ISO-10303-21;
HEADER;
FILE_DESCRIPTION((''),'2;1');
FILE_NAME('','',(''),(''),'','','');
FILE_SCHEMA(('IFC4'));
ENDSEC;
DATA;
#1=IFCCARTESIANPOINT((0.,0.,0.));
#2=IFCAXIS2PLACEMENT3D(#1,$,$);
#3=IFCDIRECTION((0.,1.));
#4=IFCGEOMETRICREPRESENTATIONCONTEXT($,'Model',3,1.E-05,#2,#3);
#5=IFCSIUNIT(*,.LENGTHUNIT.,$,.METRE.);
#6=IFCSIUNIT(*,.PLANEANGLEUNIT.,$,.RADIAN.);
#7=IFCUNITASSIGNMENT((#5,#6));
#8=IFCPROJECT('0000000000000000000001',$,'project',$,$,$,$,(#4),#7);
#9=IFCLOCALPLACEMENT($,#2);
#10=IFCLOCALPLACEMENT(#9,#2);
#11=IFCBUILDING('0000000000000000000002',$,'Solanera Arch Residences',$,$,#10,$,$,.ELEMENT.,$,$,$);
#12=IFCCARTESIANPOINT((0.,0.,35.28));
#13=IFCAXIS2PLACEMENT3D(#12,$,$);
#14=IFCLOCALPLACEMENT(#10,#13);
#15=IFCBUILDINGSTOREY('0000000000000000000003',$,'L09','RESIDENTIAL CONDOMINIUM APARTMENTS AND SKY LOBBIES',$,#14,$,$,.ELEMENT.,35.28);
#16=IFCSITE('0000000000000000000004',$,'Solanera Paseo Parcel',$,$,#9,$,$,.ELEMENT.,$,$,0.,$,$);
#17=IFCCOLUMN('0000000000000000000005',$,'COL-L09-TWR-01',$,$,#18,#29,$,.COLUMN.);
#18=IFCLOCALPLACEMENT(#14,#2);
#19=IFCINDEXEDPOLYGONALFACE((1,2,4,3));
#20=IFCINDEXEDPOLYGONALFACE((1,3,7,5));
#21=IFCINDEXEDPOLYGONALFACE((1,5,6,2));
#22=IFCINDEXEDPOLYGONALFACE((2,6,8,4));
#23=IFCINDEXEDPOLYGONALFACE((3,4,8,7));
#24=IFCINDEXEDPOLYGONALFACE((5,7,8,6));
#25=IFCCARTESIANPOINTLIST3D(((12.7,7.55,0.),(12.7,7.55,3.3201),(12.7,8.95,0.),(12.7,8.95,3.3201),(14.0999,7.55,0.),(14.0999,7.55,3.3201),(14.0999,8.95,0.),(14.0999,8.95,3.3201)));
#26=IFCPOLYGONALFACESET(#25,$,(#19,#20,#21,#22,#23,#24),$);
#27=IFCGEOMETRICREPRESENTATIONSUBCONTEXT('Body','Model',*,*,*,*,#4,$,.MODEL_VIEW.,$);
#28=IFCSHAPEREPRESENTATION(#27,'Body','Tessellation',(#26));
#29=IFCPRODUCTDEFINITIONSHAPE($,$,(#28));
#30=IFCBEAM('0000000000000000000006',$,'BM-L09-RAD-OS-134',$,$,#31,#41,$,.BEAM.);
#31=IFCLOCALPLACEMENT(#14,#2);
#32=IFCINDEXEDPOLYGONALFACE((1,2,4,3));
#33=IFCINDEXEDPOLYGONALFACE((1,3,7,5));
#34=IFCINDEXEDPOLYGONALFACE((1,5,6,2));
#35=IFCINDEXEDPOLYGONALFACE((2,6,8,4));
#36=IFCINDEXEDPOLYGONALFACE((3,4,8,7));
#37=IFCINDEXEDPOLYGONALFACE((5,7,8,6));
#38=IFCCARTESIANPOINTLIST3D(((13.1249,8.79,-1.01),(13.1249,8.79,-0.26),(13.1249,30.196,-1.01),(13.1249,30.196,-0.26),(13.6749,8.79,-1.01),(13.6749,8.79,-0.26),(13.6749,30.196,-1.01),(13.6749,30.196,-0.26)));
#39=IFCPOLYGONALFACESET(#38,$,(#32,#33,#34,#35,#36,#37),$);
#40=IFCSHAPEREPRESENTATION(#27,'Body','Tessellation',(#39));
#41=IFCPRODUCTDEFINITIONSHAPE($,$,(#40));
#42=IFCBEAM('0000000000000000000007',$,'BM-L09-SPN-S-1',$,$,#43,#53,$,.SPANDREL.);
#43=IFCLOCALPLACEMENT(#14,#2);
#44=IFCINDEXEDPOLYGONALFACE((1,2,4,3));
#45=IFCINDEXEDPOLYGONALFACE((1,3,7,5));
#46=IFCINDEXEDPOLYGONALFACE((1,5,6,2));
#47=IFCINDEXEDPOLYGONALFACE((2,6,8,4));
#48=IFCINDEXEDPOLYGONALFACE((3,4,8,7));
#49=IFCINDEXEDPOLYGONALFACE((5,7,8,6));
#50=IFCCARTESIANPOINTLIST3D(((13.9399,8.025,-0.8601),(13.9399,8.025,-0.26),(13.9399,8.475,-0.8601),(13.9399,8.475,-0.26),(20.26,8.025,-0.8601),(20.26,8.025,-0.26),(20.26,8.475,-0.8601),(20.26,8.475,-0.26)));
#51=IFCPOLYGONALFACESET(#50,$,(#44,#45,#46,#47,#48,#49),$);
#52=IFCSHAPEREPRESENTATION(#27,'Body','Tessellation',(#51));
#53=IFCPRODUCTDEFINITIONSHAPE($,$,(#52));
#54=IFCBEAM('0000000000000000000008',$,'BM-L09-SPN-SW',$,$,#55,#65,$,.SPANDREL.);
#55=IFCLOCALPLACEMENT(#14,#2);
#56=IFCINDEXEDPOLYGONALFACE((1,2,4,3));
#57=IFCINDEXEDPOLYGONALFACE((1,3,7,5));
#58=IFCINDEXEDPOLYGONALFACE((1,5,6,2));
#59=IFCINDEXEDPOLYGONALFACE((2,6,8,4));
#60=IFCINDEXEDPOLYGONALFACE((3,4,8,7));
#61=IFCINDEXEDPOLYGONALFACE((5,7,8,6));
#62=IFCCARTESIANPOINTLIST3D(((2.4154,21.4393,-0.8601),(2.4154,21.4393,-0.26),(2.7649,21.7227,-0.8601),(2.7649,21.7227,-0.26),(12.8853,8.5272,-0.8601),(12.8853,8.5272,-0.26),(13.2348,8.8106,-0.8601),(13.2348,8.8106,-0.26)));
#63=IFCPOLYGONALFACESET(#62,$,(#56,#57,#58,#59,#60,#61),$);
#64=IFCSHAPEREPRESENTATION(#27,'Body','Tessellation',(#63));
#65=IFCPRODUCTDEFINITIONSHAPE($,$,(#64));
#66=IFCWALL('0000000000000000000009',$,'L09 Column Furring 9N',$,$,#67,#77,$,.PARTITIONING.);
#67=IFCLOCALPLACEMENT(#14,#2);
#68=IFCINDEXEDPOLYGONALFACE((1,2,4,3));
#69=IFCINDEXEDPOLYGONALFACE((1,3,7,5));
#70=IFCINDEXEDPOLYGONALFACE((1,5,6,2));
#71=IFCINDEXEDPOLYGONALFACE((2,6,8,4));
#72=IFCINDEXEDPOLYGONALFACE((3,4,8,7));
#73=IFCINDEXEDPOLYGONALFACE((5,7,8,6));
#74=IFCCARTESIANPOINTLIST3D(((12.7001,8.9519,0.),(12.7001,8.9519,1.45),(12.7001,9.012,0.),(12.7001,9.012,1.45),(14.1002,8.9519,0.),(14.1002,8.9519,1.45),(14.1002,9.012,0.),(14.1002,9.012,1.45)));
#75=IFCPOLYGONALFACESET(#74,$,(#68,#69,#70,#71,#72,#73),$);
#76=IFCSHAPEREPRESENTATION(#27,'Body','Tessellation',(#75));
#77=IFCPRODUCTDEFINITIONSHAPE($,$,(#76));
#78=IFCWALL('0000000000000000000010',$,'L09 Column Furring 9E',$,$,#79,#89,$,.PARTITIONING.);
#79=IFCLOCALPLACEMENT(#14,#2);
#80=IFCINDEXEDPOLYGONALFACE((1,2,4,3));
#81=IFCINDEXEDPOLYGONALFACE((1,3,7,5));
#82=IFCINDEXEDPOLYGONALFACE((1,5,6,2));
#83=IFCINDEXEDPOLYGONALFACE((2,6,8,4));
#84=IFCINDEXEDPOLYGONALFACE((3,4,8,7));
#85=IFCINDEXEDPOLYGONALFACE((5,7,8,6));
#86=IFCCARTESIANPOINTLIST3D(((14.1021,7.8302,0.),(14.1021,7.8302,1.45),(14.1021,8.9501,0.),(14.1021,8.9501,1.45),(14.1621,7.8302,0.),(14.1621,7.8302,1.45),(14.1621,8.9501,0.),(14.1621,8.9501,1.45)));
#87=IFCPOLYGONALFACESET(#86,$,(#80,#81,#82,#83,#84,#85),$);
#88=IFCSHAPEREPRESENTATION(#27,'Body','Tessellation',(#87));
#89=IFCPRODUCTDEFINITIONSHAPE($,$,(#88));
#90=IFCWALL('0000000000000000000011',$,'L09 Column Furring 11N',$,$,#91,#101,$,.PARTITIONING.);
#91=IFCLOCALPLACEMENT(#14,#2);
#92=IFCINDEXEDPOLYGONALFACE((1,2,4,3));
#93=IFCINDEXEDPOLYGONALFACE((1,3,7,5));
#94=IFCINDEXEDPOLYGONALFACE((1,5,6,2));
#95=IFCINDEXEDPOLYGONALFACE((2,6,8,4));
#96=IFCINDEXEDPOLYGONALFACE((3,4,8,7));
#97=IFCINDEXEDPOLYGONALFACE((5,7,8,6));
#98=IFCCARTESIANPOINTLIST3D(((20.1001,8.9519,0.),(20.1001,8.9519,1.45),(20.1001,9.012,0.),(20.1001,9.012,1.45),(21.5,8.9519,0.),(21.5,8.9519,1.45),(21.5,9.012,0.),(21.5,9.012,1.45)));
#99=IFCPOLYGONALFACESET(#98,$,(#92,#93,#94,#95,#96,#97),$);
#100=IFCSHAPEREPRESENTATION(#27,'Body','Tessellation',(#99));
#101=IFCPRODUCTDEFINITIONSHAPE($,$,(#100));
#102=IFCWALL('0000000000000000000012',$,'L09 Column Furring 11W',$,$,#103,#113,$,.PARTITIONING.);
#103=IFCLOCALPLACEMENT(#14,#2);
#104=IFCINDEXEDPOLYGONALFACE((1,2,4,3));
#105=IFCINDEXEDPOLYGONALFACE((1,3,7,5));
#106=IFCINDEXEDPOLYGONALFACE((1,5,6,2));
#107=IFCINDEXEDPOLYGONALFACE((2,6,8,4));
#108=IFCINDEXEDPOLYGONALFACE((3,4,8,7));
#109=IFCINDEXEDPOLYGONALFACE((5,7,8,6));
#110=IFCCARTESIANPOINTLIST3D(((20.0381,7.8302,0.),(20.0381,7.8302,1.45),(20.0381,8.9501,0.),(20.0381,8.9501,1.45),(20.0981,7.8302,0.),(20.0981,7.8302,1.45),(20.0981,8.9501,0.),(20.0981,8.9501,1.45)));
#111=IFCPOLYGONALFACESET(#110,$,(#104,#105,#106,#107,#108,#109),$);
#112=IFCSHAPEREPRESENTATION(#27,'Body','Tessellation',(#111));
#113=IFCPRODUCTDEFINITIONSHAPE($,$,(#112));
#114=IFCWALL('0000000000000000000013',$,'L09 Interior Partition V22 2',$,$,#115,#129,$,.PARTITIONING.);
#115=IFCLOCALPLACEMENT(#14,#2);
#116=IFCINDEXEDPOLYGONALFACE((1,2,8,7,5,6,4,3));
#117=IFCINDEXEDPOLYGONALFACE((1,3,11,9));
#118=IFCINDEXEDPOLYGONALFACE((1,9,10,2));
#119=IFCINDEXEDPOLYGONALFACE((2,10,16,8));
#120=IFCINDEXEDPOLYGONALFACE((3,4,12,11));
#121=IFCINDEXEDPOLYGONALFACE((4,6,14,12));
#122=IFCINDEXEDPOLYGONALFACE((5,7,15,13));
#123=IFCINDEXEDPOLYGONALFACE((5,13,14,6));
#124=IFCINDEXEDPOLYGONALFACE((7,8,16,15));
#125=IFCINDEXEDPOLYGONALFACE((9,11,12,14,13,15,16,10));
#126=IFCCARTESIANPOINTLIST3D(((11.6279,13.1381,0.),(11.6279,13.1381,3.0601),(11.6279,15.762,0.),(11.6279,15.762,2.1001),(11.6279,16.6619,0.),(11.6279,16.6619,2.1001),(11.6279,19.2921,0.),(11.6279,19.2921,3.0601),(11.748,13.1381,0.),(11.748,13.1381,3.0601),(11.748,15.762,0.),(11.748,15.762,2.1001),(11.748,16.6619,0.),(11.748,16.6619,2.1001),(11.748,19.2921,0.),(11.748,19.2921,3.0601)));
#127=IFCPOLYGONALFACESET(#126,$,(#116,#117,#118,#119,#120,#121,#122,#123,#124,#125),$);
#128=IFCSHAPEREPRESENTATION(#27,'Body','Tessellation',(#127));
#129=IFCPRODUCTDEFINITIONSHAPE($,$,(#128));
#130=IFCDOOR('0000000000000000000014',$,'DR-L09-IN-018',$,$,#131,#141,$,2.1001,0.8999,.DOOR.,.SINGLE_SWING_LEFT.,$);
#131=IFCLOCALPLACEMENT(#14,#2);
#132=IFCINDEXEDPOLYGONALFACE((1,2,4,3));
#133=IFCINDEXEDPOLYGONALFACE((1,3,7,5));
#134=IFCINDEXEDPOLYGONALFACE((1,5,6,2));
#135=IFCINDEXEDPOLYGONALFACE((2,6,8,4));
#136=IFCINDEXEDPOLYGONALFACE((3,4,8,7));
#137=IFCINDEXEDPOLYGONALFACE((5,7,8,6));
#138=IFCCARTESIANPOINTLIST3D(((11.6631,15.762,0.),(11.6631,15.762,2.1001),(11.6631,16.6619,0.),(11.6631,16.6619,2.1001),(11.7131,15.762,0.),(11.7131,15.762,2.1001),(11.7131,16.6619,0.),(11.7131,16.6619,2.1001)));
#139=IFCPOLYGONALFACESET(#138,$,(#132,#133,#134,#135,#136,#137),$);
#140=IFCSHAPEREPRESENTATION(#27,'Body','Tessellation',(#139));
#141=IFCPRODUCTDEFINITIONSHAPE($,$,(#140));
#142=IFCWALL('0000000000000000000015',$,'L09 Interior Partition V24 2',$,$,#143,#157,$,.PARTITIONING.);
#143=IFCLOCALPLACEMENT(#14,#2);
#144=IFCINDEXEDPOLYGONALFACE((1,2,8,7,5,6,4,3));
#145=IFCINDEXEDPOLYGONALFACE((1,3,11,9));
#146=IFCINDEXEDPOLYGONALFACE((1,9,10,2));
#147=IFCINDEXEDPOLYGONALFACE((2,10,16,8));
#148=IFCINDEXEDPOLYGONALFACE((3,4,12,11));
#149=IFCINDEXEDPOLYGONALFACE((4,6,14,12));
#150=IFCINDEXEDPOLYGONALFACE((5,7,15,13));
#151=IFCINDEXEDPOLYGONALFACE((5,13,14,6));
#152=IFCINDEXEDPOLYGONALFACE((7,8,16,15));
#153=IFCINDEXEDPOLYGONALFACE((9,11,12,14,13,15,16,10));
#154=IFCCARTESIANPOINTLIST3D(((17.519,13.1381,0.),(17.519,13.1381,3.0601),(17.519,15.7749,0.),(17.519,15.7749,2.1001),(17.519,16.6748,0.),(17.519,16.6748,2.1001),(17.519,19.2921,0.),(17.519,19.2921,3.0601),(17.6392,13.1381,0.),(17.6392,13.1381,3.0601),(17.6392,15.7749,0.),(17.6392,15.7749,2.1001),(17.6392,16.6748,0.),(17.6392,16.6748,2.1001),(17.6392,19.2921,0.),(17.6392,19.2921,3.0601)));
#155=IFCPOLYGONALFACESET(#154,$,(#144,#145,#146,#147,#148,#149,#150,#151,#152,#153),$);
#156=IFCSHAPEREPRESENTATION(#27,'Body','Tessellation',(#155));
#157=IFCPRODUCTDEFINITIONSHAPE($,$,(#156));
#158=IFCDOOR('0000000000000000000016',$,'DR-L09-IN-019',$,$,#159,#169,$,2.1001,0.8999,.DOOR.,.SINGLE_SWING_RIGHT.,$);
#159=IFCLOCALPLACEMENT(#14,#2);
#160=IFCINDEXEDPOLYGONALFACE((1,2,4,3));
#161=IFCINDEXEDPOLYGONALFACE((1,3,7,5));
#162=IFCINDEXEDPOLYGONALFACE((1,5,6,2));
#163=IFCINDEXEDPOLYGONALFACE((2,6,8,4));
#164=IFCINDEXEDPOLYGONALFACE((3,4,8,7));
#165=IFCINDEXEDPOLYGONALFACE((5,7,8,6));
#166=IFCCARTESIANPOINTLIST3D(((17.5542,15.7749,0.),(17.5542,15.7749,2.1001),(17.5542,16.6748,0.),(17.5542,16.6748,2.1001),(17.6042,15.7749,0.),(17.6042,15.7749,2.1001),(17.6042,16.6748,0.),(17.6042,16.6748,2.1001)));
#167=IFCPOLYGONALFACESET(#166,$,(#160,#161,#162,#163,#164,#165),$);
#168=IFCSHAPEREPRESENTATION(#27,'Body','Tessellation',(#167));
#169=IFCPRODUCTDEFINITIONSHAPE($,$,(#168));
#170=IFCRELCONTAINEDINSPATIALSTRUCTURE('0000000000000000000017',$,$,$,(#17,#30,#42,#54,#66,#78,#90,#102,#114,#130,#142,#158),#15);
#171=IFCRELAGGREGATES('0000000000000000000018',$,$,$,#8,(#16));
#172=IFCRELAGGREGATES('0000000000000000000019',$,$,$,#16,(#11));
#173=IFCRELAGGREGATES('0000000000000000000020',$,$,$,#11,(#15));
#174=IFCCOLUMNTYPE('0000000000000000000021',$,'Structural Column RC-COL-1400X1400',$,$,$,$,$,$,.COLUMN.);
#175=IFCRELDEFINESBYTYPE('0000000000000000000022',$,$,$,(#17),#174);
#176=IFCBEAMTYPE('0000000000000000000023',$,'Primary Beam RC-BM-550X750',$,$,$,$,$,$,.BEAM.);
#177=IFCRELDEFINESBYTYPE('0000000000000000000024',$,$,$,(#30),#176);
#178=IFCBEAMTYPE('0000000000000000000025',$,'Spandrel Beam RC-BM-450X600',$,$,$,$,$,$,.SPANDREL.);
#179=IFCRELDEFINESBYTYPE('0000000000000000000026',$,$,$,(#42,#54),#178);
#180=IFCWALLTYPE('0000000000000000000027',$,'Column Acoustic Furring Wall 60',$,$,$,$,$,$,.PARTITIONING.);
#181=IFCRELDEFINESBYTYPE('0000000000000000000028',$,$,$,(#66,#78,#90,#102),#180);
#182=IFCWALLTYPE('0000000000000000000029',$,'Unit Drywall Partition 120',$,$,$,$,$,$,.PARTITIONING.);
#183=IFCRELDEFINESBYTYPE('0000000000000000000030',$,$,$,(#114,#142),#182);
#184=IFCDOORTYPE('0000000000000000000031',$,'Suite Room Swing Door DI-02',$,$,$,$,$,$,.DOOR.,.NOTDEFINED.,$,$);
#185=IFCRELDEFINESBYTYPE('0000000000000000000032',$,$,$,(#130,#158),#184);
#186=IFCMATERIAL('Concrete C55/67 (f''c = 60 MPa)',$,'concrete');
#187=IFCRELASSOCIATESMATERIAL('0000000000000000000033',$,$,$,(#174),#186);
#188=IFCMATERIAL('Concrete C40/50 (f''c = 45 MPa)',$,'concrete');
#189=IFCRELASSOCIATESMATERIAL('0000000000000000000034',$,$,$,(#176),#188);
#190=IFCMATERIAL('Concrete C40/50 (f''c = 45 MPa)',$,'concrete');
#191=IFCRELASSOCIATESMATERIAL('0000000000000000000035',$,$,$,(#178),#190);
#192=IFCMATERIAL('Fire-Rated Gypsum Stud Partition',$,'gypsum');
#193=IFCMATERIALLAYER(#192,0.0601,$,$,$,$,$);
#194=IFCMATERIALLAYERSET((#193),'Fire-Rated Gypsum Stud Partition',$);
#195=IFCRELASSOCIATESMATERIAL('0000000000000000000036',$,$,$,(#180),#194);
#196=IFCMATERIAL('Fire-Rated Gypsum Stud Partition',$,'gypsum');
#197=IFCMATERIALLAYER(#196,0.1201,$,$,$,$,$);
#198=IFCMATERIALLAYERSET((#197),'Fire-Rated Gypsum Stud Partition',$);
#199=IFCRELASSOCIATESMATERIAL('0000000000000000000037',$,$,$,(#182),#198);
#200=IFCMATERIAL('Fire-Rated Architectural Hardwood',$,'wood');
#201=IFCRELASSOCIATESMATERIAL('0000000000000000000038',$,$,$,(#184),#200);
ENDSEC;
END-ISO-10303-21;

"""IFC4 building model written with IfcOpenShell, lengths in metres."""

from ifc_helpers import new_model, si_unit, direction, frame, frame_2d, origin, origin_2d, place, context, subcontext, project, spatial, rectangle, extrude, material, layer, layer_set, material_profile, profile_set, type_object, element, fill, save


model = new_model("IFC4")

# Units and contexts
model_context = context("Model", 3, precision=1e-05, world=origin(), true_north=direction((0.0, 1.0)))
body_context = subcontext(model_context, "Body", "Model", "MODEL_VIEW")
ifc_project = project(units=[si_unit("LENGTHUNIT", "METRE"), si_unit("PLANEANGLEUNIT", "RADIAN")], contexts=[model_context])

# Site, building, storey
site_placement = place(None, origin())
site = spatial("IfcSite", under=ifc_project, at=site_placement, Name="Solanera Paseo Parcel", CompositionType="ELEMENT", RefElevation=0.0)
building_placement = place(site_placement, origin())
building = spatial("IfcBuilding", under=site, at=building_placement, Name="Solanera Arch Residences", CompositionType="ELEMENT")
storey_placement = place(building_placement, frame((0.0, 0.0, 35.28)))
storey = spatial("IfcBuildingStorey", under=building, at=storey_placement, Name="L09", Description="RESIDENTIAL CONDOMINIUM APARTMENTS AND SKY LOBBIES", CompositionType="ELEMENT", Elevation=35.28)

# Column
ifc_material_1 = material(Name="Concrete C55/67 (f'c = 60 MPa)", Category="concrete")
ifc_material_profile_1 = material_profile(ifc_material_1, rectangle(XDim=1.3999, YDim=1.3999, at=origin_2d()))
ifc_profile_set_1 = profile_set([ifc_material_profile_1], Name="Concrete C55/67 (f'c = 60 MPa)")
column_type = type_object("IfcColumnType", Name="Structural Column RC-COL-1400X1400", PredefinedType="COLUMN", material=ifc_profile_set_1)
column_placement = place(storey_placement, frame((13.3999, 8.25, 0.0), z_axis=(0.0, 0.0, 1.0), x_axis=(1.0, 0.0, 0.0)))
element("IfcColumn", 1, at=column_placement, inside=storey, type_object=column_type, Name="COL-L09-TWR-01", PredefinedType="COLUMN", context=body_context, shape_type="SweptSolid", body=[
    extrude(rectangle(XDim=1.3999, YDim=1.3999, at=origin_2d()), origin(), (0.0, 0.0, 1.0), 3.3201),
])

# Beams
ifc_material_2 = material(Name="Concrete C40/50 (f'c = 45 MPa)", Category="concrete")
ifc_material_profile_2 = material_profile(ifc_material_2, rectangle(XDim=0.55, YDim=0.75, at=origin_2d()))
ifc_profile_set_2 = profile_set([ifc_material_profile_2], Name="Concrete C40/50 (f'c = 45 MPa)")
beam_type_1 = type_object("IfcBeamType", Name="Primary Beam RC-BM-550X750", PredefinedType="BEAM", material=ifc_profile_set_2)
beam_1_placement = place(storey_placement, frame((13.3999, 8.79, -0.635), z_axis=(0.0, 1.0, 0.0), x_axis=(-1.0, 0.0, 0.0)))
element("IfcBeam", 2, at=beam_1_placement, inside=storey, type_object=beam_type_1, Name="BM-L09-RAD-OS-134", PredefinedType="BEAM", context=body_context, shape_type="SweptSolid", body=[
    extrude(rectangle(XDim=0.55, YDim=0.75, at=origin_2d()), origin(), (0.0, 0.0, 1.0), 21.406),
])
ifc_material_3 = material(Name="Concrete C40/50 (f'c = 45 MPa)", Category="concrete")
ifc_material_profile_3 = material_profile(ifc_material_3, rectangle(XDim=0.45, YDim=0.6001, at=origin_2d()))
ifc_profile_set_3 = profile_set([ifc_material_profile_3], Name="Concrete C40/50 (f'c = 45 MPa)")
beam_type_2 = type_object("IfcBeamType", Name="Spandrel Beam RC-BM-450X600", PredefinedType="SPANDREL", material=ifc_profile_set_3)
beam_2_placement = place(storey_placement, frame((13.9399, 8.25, -0.5601), z_axis=(1.0, 0.0, 0.0), x_axis=(0.0, 1.0, 0.0)))
element("IfcBeam", 3, at=beam_2_placement, inside=storey, type_object=beam_type_2, Name="BM-L09-SPN-S-1", PredefinedType="SPANDREL", context=body_context, shape_type="SweptSolid", body=[
    extrude(rectangle(XDim=0.45, YDim=0.6001, at=origin_2d()), origin(), (0.0, 0.0, 1.0), 6.3201),
])
beam_3_placement = place(storey_placement, frame((13.0601, 8.6689, -0.5601), z_axis=(-0.629827, 0.776735, 0.0), x_axis=(-0.776735, -0.629827, 0.0)))
element("IfcBeam", 4, at=beam_3_placement, inside=storey, type_object=beam_type_2, Name="BM-L09-SPN-SW", PredefinedType="SPANDREL", context=body_context, shape_type="SweptSolid", body=[
    extrude(rectangle(XDim=0.45, YDim=0.6001, at=origin_2d()), origin(), (0.0, 0.0, 1.0), 16.6235),
])

# Walls
ifc_material_4 = material(Name="Fire-Rated Gypsum Stud Partition", Category="gypsum")
ifc_layer_1 = layer(ifc_material_4, 0.0601)
ifc_layer_set_1 = layer_set([ifc_layer_1], Name="Fire-Rated Gypsum Stud Partition")
wall_type_1 = type_object("IfcWallType", Name="Column Acoustic Furring Wall 60", PredefinedType="PARTITIONING", material=ifc_layer_set_1)
wall_1_placement = place(storey_placement, frame((12.7, 8.9819, 0.0), z_axis=(0.0, 0.0, 1.0), x_axis=(1.0, 0.0, 0.0)))
element("IfcWall", 5, at=wall_1_placement, inside=storey, type_object=wall_type_1, Name="L09 Column Furring 9N", PredefinedType="PARTITIONING", context=body_context, shape_type="SweptSolid", body=[
    extrude(rectangle(XDim=1.4001, YDim=0.0601, at=frame_2d((0.7002, 0.0))), origin(), (0.0, 0.0, 1.0), 1.45),
])
wall_2_placement = place(storey_placement, frame((14.1321, 7.8301, 0.0), z_axis=(0.0, 0.0, 1.0), x_axis=(0.0, 1.0, 0.0)))
element("IfcWall", 6, at=wall_2_placement, inside=storey, type_object=wall_type_1, Name="L09 Column Furring 9E", PredefinedType="PARTITIONING", context=body_context, shape_type="SweptSolid", body=[
    extrude(rectangle(XDim=1.1199, YDim=0.0601, at=frame_2d((0.5601, 0.0))), origin(), (0.0, 0.0, 1.0), 1.45),
])
wall_3_placement = place(storey_placement, frame((20.1001, 8.9819, 0.0), z_axis=(0.0, 0.0, 1.0), x_axis=(1.0, 0.0, 0.0)))
element("IfcWall", 7, at=wall_3_placement, inside=storey, type_object=wall_type_1, Name="L09 Column Furring 11N", PredefinedType="PARTITIONING", context=body_context, shape_type="SweptSolid", body=[
    extrude(rectangle(XDim=1.3999, YDim=0.0601, at=frame_2d((0.7, 0.0))), origin(), (0.0, 0.0, 1.0), 1.45),
])
wall_4_placement = place(storey_placement, frame((20.0681, 7.8301, 0.0), z_axis=(0.0, 0.0, 1.0), x_axis=(0.0, 1.0, 0.0)))
element("IfcWall", 8, at=wall_4_placement, inside=storey, type_object=wall_type_1, Name="L09 Column Furring 11W", PredefinedType="PARTITIONING", context=body_context, shape_type="SweptSolid", body=[
    extrude(rectangle(XDim=1.1199, YDim=0.0601, at=frame_2d((0.5601, 0.0))), origin(), (0.0, 0.0, 1.0), 1.45),
])

# Walls, openings, doors
ifc_material_5 = material(Name="Fire-Rated Gypsum Stud Partition", Category="gypsum")
ifc_layer_2 = layer(ifc_material_5, 0.1201)
ifc_layer_set_2 = layer_set([ifc_layer_2], Name="Fire-Rated Gypsum Stud Partition")
wall_type_2 = type_object("IfcWallType", Name="Unit Drywall Partition 120", PredefinedType="PARTITIONING", material=ifc_layer_set_2)
wall_5_placement = place(storey_placement, frame((11.688, 13.1379, 0.0), z_axis=(0.0, 0.0, 1.0), x_axis=(0.0, 1.0, 0.0)))
wall_5 = element("IfcWall", 9, at=wall_5_placement, inside=storey, type_object=wall_type_2, Name="L09 Interior Partition V22 2", PredefinedType="PARTITIONING", context=body_context, shape_type="SweptSolid", body=[
    extrude(rectangle(XDim=6.1541, YDim=0.1201, at=frame_2d((3.0771, 0.0))), origin(), (0.0, 0.0, 1.0), 3.0601),
])
opening_1_placement = place(wall_5_placement, frame((2.624, 0.0, 0.0)))
opening_1 = element("IfcOpeningElement", 10, at=opening_1_placement, cuts=wall_5, PredefinedType="OPENING", context=body_context, shape_type="SweptSolid", body=[
    extrude(rectangle(XDim=0.8999, YDim=2.1001, at=frame_2d((0.45, 1.05))), frame((0.0, 0.0701, 0.0), z_axis=(0.0, -1.0, 0.0), x_axis=(1.0, 0.0, 0.0)), (0.0, 0.0, 1.0), 0.1401),
])
ifc_material_6 = material(Name="Fire-Rated Architectural Hardwood", Category="wood")
door_type = type_object("IfcDoorType", Name="Suite Room Swing Door DI-02", OperationType="NOTDEFINED", PredefinedType="DOOR", material=ifc_material_6)
door_1_placement = place(opening_1_placement, origin())
door_1 = element("IfcDoor", 11, at=door_1_placement, inside=storey, type_object=door_type, Name="DR-L09-IN-018", OperationType="SINGLE_SWING_LEFT", OverallHeight=2.1001, OverallWidth=0.8999, PredefinedType="DOOR", context=body_context, shape_type="SweptSolid", body=[
    extrude(rectangle(XDim=0.8999, YDim=2.1001, at=frame_2d((0.45, 1.05))), frame((0.0, 0.0249, 0.0), z_axis=(0.0, -1.0, 0.0), x_axis=(1.0, 0.0, 0.0)), (0.0, 0.0, 1.0), 0.05),
])
fill(opening_1, door_1)
wall_6_placement = place(storey_placement, frame((17.5791, 13.1379, 0.0), z_axis=(0.0, 0.0, 1.0), x_axis=(0.0, 1.0, 0.0)))
wall_6 = element("IfcWall", 12, at=wall_6_placement, inside=storey, type_object=wall_type_2, Name="L09 Interior Partition V24 2", PredefinedType="PARTITIONING", context=body_context, shape_type="SweptSolid", body=[
    extrude(rectangle(XDim=6.1541, YDim=0.1201, at=frame_2d((3.0771, 0.0))), origin(), (0.0, 0.0, 1.0), 3.0601),
])
opening_2_placement = place(wall_6_placement, frame((2.637, 0.0, 0.0)))
opening_2 = element("IfcOpeningElement", 13, at=opening_2_placement, cuts=wall_6, PredefinedType="OPENING", context=body_context, shape_type="SweptSolid", body=[
    extrude(rectangle(XDim=0.8999, YDim=2.1001, at=frame_2d((0.45, 1.05))), frame((0.0, 0.0701, 0.0), z_axis=(0.0, -1.0, 0.0), x_axis=(1.0, 0.0, 0.0)), (0.0, 0.0, 1.0), 0.1401),
])
door_2_placement = place(opening_2_placement, origin())
door_2 = element("IfcDoor", 14, at=door_2_placement, inside=storey, type_object=door_type, Name="DR-L09-IN-019", OperationType="SINGLE_SWING_RIGHT", OverallHeight=2.1001, OverallWidth=0.8999, PredefinedType="DOOR", context=body_context, shape_type="SweptSolid", body=[
    extrude(rectangle(XDim=0.8999, YDim=2.1001, at=frame_2d((0.45, 1.05))), frame((0.0, 0.0249, 0.0), z_axis=(0.0, -1.0, 0.0), x_axis=(1.0, 0.0, 0.0)), (0.0, 0.0, 1.0), 0.05),
])
fill(opening_2, door_2)

save(model, "model.ifc")
